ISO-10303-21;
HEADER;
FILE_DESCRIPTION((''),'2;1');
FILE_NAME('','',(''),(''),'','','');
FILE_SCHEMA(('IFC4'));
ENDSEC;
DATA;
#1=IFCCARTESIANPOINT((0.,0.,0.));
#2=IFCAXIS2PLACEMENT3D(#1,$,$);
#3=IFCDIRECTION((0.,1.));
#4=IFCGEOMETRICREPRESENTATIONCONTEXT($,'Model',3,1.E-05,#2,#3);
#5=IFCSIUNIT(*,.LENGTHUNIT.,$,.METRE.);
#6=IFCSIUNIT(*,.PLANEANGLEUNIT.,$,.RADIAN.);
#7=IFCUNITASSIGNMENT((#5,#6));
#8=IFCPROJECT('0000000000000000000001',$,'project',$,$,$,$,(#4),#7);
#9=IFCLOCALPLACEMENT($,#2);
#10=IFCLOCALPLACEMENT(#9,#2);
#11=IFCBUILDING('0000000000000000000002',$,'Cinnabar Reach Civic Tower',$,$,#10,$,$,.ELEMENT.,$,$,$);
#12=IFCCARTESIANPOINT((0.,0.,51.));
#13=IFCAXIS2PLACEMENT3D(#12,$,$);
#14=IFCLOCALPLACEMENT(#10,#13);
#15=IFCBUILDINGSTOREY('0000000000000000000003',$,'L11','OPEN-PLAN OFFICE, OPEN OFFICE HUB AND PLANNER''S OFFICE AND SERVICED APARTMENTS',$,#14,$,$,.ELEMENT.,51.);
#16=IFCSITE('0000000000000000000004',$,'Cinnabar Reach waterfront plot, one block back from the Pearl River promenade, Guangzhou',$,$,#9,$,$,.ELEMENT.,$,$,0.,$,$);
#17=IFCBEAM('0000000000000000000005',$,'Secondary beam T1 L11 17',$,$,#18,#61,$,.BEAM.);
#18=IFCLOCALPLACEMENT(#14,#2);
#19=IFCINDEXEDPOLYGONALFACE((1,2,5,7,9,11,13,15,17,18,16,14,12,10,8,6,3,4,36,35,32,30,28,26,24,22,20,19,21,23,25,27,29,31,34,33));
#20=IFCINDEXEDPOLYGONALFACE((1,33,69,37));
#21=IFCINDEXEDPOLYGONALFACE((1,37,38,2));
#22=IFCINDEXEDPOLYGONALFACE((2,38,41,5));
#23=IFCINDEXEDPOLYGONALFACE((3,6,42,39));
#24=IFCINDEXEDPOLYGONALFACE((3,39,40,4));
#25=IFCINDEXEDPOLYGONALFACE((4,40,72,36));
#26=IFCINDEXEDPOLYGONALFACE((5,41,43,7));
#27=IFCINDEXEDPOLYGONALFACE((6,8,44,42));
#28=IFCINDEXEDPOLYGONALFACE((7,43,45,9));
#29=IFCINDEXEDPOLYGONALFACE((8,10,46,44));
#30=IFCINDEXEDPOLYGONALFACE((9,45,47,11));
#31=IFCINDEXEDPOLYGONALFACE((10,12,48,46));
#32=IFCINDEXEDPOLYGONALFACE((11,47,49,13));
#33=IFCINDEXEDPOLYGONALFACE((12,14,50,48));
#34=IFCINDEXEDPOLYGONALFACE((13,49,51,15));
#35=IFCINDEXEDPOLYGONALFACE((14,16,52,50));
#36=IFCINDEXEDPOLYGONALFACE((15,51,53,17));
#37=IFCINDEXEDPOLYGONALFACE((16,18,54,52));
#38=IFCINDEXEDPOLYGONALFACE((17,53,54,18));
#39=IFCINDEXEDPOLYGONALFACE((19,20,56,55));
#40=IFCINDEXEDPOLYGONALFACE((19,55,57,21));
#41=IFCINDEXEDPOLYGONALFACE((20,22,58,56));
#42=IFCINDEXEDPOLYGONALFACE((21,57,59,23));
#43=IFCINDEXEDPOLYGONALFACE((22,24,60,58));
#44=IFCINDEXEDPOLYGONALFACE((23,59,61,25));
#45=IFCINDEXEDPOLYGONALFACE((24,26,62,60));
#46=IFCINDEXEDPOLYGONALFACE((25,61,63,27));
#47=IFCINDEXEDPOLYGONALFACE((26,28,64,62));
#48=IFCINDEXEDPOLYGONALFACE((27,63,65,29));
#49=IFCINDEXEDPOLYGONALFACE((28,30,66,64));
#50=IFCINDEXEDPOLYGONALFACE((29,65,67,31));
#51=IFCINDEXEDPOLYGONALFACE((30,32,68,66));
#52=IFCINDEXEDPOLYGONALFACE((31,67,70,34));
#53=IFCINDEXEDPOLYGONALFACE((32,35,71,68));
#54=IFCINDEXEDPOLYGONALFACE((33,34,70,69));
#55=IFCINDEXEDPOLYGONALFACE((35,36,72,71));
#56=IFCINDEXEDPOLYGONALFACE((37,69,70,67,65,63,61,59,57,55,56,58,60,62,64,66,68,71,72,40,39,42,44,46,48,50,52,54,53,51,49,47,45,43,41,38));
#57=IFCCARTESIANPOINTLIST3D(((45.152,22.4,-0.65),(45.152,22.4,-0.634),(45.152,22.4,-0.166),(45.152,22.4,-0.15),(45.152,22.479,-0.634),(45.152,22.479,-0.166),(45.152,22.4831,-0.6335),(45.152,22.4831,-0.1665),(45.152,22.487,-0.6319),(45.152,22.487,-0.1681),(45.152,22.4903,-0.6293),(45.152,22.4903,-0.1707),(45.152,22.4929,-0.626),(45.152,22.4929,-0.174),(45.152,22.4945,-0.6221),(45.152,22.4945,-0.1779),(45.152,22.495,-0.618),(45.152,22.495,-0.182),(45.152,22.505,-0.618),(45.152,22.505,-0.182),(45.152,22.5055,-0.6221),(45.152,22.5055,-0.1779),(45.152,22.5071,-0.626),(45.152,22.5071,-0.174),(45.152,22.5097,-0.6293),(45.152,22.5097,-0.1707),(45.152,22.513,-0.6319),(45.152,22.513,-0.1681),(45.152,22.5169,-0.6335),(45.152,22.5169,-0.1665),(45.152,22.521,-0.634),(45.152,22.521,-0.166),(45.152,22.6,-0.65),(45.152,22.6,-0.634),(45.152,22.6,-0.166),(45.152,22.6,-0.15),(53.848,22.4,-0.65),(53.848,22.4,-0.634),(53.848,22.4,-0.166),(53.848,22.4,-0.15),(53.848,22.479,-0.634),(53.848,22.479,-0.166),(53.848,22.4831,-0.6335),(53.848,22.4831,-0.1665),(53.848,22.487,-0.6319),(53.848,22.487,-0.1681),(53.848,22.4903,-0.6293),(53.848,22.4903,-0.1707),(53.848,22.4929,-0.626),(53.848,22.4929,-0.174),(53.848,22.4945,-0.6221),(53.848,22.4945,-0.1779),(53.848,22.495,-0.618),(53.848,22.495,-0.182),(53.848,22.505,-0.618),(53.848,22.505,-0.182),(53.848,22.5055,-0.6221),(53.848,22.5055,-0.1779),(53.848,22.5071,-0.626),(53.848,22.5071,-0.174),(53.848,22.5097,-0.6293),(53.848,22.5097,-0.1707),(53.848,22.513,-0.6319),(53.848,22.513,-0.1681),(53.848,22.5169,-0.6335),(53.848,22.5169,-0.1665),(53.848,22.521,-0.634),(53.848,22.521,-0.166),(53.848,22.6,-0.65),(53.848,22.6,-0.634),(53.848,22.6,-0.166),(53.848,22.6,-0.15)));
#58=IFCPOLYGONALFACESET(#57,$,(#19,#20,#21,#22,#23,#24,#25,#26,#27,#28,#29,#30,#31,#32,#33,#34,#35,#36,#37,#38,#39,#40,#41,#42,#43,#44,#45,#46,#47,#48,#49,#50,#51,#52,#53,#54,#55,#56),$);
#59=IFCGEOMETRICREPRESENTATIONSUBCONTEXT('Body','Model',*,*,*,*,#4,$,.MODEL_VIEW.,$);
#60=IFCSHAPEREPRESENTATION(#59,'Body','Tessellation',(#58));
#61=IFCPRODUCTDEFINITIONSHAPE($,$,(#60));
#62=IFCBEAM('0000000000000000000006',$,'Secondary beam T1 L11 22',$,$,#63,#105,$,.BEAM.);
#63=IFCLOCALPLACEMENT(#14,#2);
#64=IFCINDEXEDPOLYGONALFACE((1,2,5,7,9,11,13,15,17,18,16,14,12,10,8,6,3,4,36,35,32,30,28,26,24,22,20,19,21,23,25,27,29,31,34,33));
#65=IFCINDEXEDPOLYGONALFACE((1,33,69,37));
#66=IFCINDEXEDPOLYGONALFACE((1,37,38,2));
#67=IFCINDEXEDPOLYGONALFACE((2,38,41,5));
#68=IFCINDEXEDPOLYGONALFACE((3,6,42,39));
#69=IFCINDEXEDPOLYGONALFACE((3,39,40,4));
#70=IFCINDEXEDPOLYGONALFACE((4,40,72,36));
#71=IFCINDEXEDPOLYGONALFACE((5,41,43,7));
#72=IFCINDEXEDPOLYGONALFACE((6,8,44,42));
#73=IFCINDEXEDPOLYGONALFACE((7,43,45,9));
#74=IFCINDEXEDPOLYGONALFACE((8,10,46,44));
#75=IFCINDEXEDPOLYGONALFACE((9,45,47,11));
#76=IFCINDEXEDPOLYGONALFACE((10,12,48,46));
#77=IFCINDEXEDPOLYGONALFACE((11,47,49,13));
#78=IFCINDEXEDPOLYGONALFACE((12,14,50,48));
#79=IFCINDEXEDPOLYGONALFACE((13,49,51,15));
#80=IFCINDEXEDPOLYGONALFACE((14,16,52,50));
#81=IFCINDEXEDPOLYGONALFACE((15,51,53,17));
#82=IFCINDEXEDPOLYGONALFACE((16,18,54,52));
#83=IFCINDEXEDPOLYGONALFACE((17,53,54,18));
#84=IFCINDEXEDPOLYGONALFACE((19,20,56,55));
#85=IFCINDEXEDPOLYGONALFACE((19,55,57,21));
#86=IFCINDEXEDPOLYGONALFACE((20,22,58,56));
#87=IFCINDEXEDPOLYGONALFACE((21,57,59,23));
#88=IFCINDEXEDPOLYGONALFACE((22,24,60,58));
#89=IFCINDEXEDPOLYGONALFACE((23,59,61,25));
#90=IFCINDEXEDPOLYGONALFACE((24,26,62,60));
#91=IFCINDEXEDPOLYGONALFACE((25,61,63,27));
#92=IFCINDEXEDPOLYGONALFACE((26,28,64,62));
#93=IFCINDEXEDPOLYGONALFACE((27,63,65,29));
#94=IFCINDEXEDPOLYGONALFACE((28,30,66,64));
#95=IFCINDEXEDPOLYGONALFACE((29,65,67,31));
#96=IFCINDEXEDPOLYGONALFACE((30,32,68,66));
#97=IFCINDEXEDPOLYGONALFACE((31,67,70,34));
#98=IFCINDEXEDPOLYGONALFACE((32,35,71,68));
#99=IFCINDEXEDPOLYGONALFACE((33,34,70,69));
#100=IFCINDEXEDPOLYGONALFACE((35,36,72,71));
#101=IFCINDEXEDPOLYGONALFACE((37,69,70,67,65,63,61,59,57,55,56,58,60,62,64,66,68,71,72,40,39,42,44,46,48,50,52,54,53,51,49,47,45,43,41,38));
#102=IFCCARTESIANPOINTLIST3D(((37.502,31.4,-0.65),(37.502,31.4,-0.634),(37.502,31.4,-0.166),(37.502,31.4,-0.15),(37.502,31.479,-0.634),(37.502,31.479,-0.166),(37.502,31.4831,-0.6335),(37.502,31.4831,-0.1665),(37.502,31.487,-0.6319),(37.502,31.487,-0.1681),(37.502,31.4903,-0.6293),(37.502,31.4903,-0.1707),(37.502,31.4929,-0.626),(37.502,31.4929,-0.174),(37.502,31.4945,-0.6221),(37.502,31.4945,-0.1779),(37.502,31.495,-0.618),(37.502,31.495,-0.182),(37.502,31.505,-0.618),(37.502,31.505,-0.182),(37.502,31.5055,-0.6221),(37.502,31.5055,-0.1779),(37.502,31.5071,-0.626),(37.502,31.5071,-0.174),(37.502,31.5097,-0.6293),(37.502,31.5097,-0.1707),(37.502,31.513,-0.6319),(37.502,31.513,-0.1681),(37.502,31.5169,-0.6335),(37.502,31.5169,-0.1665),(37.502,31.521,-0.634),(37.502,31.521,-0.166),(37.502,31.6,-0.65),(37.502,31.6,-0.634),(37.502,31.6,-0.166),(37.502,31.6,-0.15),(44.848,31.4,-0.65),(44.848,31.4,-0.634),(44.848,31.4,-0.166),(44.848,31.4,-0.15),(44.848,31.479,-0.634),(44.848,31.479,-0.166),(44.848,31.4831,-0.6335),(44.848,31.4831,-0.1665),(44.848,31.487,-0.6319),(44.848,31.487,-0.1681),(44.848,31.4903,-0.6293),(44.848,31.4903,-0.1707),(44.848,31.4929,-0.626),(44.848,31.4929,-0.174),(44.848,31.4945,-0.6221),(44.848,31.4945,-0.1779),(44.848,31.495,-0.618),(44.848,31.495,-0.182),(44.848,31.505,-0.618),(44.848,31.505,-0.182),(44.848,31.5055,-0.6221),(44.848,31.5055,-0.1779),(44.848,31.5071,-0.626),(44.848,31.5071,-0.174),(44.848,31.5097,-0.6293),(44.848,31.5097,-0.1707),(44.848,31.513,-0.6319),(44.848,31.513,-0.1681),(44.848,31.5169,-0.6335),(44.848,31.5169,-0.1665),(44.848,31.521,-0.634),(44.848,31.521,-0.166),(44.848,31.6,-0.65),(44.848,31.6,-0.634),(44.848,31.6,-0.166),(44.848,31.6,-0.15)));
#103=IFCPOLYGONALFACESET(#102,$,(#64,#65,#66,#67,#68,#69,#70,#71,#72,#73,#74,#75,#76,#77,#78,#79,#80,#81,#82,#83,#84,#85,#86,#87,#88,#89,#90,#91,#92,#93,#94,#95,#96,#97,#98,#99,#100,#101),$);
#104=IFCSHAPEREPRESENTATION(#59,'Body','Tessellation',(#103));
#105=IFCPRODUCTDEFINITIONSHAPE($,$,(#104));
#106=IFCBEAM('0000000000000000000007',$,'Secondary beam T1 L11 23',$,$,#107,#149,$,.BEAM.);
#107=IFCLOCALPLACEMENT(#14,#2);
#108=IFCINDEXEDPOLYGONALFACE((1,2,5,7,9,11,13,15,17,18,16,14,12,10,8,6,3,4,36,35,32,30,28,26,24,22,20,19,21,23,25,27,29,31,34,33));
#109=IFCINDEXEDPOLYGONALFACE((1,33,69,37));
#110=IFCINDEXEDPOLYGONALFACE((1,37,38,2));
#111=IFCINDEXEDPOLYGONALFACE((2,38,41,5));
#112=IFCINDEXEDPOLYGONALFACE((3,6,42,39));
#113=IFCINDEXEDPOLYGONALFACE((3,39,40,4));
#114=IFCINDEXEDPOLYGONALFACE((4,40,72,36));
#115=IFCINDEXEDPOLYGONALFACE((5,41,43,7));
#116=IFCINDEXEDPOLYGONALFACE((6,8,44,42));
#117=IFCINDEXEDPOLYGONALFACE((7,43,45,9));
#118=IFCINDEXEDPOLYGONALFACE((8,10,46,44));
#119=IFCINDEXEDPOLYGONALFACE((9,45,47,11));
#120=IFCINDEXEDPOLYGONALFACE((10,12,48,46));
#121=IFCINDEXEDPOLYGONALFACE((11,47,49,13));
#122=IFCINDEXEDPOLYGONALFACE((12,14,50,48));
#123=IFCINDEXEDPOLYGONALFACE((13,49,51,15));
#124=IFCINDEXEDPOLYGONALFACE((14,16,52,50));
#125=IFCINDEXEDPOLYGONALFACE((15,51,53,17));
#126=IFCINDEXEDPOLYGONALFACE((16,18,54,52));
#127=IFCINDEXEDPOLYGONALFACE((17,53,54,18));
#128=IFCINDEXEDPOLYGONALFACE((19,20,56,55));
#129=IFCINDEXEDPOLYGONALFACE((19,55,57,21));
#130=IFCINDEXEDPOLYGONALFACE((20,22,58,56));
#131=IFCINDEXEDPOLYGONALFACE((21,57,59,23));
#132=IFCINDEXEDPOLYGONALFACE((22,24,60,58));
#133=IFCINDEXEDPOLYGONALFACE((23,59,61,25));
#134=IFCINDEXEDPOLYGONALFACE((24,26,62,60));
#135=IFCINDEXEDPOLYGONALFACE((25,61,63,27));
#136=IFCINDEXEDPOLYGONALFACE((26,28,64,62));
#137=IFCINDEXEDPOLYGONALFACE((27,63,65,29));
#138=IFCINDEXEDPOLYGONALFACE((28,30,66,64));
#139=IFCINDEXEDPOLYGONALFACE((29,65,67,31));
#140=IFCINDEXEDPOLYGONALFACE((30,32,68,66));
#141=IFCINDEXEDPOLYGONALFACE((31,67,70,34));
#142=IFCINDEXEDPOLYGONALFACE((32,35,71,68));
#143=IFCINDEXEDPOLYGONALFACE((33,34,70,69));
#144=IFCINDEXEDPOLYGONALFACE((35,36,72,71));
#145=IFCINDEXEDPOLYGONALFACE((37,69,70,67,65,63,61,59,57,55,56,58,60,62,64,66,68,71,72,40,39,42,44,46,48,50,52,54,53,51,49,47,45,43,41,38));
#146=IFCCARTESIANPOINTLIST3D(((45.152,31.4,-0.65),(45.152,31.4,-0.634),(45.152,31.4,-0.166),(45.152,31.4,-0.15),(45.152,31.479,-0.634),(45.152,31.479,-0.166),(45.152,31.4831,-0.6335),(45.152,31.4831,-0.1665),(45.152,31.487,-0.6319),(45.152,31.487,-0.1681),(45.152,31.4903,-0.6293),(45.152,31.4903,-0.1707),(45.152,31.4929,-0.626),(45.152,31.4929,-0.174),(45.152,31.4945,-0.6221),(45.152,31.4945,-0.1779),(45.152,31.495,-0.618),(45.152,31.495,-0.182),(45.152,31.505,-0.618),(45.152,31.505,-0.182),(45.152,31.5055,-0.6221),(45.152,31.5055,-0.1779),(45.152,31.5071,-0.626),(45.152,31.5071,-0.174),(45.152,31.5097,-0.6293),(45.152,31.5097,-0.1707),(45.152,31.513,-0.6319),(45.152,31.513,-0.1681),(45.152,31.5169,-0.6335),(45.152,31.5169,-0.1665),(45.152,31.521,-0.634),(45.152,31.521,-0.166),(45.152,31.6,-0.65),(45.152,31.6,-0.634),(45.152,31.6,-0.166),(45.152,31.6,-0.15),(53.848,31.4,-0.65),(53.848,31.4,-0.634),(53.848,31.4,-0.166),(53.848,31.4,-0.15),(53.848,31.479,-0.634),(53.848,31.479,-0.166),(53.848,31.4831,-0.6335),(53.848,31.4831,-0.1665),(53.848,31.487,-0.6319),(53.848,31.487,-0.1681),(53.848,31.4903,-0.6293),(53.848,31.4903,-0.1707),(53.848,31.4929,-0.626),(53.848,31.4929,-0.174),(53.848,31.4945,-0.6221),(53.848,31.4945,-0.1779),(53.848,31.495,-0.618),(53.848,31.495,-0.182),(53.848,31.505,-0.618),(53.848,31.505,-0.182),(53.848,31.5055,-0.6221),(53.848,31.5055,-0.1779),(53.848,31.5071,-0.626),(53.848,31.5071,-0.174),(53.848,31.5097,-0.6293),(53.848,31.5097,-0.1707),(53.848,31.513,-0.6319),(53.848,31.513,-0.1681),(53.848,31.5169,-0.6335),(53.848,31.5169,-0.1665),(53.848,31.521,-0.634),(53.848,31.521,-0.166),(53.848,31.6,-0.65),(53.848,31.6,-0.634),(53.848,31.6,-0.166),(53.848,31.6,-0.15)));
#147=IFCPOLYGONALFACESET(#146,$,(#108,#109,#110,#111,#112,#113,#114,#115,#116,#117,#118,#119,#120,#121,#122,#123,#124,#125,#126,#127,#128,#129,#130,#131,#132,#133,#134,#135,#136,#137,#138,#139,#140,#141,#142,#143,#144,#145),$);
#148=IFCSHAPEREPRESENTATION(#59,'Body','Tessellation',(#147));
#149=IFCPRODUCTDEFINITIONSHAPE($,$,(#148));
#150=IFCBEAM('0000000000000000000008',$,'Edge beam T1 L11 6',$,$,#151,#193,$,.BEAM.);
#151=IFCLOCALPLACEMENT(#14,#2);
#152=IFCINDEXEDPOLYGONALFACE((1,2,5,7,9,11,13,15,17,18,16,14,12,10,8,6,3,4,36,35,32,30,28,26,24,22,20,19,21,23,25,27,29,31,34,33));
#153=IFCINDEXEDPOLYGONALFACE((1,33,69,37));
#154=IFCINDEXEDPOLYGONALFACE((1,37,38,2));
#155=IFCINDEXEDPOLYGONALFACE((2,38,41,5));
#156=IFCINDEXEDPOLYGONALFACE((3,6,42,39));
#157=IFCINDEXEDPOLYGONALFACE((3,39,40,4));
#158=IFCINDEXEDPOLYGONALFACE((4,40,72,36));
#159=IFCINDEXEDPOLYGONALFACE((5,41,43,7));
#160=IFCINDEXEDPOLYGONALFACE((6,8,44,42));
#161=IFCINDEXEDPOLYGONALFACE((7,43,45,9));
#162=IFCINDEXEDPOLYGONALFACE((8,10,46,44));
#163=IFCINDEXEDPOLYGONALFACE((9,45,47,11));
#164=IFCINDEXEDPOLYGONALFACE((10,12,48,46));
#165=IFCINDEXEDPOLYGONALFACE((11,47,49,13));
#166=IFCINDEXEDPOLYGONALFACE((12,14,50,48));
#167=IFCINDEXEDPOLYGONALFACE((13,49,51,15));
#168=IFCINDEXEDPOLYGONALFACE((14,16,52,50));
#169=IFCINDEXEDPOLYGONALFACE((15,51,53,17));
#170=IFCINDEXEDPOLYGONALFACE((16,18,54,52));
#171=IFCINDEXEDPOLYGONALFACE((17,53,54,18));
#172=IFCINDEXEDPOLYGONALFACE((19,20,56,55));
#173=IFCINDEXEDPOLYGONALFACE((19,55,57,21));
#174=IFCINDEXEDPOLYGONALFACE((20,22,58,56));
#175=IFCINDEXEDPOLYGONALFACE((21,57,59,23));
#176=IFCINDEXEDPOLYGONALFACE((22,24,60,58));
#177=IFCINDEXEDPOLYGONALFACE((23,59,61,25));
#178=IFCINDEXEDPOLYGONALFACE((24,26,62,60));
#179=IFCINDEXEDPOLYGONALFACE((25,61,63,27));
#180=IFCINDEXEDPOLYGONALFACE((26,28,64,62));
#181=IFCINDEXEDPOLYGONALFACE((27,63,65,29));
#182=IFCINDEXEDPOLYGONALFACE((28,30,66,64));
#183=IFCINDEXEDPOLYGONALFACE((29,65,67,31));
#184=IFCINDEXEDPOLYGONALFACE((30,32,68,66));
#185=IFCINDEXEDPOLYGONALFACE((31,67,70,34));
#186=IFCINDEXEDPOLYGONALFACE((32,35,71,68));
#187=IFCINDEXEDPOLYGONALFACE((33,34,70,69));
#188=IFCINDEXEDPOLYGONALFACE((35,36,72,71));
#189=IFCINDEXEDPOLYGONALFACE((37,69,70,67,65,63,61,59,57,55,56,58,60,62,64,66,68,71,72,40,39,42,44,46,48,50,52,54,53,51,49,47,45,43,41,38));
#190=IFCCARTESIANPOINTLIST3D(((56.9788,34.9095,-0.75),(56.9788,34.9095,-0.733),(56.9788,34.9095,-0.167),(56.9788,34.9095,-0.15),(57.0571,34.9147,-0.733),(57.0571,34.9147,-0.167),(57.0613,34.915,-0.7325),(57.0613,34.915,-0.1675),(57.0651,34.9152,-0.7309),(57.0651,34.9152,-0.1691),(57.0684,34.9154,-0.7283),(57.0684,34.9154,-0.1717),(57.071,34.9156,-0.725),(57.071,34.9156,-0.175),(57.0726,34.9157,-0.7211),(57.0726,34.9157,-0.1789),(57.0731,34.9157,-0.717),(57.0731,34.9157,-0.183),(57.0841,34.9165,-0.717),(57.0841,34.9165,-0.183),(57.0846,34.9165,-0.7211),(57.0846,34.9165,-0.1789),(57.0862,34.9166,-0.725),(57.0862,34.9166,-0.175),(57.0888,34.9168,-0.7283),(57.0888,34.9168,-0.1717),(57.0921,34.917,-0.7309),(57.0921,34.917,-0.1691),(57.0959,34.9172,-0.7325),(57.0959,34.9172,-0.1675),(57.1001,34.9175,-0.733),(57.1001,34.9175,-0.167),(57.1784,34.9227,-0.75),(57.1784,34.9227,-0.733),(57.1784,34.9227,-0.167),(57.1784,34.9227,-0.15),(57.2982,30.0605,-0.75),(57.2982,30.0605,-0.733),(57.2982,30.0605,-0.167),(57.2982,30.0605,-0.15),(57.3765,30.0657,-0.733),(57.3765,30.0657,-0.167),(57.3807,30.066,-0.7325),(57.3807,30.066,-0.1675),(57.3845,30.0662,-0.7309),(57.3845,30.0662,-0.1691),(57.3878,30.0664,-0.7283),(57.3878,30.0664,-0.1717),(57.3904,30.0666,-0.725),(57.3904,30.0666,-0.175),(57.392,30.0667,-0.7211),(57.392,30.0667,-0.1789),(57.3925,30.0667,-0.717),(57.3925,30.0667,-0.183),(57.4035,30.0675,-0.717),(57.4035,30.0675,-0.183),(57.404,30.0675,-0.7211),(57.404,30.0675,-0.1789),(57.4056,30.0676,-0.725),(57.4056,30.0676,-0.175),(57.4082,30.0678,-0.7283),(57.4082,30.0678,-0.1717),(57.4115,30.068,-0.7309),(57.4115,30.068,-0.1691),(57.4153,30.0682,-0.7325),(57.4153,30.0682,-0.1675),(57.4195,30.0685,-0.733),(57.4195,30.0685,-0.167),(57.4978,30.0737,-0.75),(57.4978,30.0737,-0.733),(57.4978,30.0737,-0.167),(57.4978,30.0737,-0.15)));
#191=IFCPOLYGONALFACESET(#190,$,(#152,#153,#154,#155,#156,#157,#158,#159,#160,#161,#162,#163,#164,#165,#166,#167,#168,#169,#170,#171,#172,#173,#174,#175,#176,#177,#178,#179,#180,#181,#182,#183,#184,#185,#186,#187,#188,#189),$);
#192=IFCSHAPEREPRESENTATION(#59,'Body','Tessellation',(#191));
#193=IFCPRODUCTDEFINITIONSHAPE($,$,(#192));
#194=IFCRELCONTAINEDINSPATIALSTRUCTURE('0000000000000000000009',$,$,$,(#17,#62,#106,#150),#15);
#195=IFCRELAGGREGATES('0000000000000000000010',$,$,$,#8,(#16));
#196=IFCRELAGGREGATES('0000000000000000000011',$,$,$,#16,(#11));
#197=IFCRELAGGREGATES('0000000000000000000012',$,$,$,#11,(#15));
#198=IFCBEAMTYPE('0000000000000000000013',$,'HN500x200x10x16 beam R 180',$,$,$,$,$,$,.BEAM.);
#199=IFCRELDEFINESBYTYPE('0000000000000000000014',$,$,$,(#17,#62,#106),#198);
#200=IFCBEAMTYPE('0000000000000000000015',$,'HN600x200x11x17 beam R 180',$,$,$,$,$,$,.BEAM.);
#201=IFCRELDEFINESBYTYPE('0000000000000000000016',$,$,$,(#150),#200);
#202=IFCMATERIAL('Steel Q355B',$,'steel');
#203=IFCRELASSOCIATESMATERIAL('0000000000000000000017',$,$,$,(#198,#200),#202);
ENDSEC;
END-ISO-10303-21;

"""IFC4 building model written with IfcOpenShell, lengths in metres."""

from ifc_helpers import new_model, si_unit, direction, frame, origin, origin_2d, place, context, subcontext, project, spatial, i_section, extrude, material, material_profile, profile_set, type_object, element, save


model = new_model("IFC4")

# Units and contexts
model_context = context("Model", 3, precision=1e-05, world=origin(), true_north=direction((0.0, 1.0)))
body_context = subcontext(model_context, "Body", "Model", "MODEL_VIEW")
ifc_project = project(units=[si_unit("LENGTHUNIT", "METRE"), si_unit("PLANEANGLEUNIT", "RADIAN")], contexts=[model_context])

# Site, building, storey
site_placement = place(None, origin())
site = spatial("IfcSite", under=ifc_project, at=site_placement, Name="Cinnabar Reach waterfront plot, one block back from the Pearl River promenade, Guangzhou", CompositionType="ELEMENT", RefElevation=0.0)
building_placement = place(site_placement, origin())
building = spatial("IfcBuilding", under=site, at=building_placement, Name="Cinnabar Reach Civic Tower", CompositionType="ELEMENT")
storey_placement = place(building_placement, frame((0.0, 0.0, 51.0)))
storey = spatial("IfcBuildingStorey", under=building, at=storey_placement, Name="L11", Description="OPEN-PLAN OFFICE, OPEN OFFICE HUB AND PLANNER'S OFFICE AND SERVICED APARTMENTS", CompositionType="ELEMENT", Elevation=51.0)

# Beams
ifc_material_1 = material(Name="Steel Q355B", Category="steel")
ifc_material_profile_1 = material_profile(ifc_material_1, i_section(OverallWidth=0.2, OverallDepth=0.5, WebThickness=0.01, FlangeThickness=0.016, FilletRadius=0.016, at=origin_2d()), Name="HN500x200x10x16")
ifc_profile_set_1 = profile_set([ifc_material_profile_1], Name="Steel Q355B")
beam_type_1 = type_object("IfcBeamType", Name="HN500x200x10x16 beam R 180", PredefinedType="BEAM", material=ifc_profile_set_1)
beam_1_placement = place(storey_placement, frame((45.152, 22.5, -0.4), z_axis=(1.0, 0.0, 0.0), x_axis=(0.0, 1.0, 0.0)))
element("IfcBeam", 1, at=beam_1_placement, inside=storey, type_object=beam_type_1, Name="Secondary beam T1 L11 17", PredefinedType="BEAM", context=body_context, shape_type="SweptSolid", body=[
    extrude(i_section(OverallWidth=0.2, OverallDepth=0.5, WebThickness=0.01, FlangeThickness=0.016, FilletRadius=0.016, at=origin_2d()), origin(), (0.0, 0.0, 1.0), 8.696),
])
beam_2_placement = place(storey_placement, frame((37.502, 31.5, -0.4), z_axis=(1.0, 0.0, 0.0), x_axis=(0.0, 1.0, 0.0)))
element("IfcBeam", 2, at=beam_2_placement, inside=storey, type_object=beam_type_1, Name="Secondary beam T1 L11 22", PredefinedType="BEAM", context=body_context, shape_type="SweptSolid", body=[
    extrude(i_section(OverallWidth=0.2, OverallDepth=0.5, WebThickness=0.01, FlangeThickness=0.016, FilletRadius=0.016, at=origin_2d()), origin(), (0.0, 0.0, 1.0), 7.346),
])
beam_3_placement = place(storey_placement, frame((45.152, 31.5, -0.4), z_axis=(1.0, 0.0, 0.0), x_axis=(0.0, 1.0, 0.0)))
element("IfcBeam", 3, at=beam_3_placement, inside=storey, type_object=beam_type_1, Name="Secondary beam T1 L11 23", PredefinedType="BEAM", context=body_context, shape_type="SweptSolid", body=[
    extrude(i_section(OverallWidth=0.2, OverallDepth=0.5, WebThickness=0.01, FlangeThickness=0.016, FilletRadius=0.016, at=origin_2d()), origin(), (0.0, 0.0, 1.0), 8.696),
])
ifc_material_profile_2 = material_profile(ifc_material_1, i_section(OverallWidth=0.2, OverallDepth=0.6, WebThickness=0.011, FlangeThickness=0.017, FilletRadius=0.016, at=origin_2d()), Name="HN600x200x11x17")
ifc_profile_set_2 = profile_set([ifc_material_profile_2], Name="Steel Q355B")
beam_type_2 = type_object("IfcBeamType", Name="HN600x200x11x17 beam R 180", PredefinedType="BEAM", material=ifc_profile_set_2)
beam_4_placement = place(storey_placement, frame((57.398, 30.0671, -0.45), z_axis=(-0.065727, 0.997838, 0.0), x_axis=(-0.997838, -0.065727, 0.0)))
element("IfcBeam", 4, at=beam_4_placement, inside=storey, type_object=beam_type_2, Name="Edge beam T1 L11 6", PredefinedType="BEAM", context=body_context, shape_type="SweptSolid", body=[
    extrude(i_section(OverallWidth=0.2, OverallDepth=0.6, WebThickness=0.011, FlangeThickness=0.017, FilletRadius=0.016, at=origin_2d()), origin(), (0.0, 0.0, 1.0), 4.8595),
])

save(model, "model.ifc")
